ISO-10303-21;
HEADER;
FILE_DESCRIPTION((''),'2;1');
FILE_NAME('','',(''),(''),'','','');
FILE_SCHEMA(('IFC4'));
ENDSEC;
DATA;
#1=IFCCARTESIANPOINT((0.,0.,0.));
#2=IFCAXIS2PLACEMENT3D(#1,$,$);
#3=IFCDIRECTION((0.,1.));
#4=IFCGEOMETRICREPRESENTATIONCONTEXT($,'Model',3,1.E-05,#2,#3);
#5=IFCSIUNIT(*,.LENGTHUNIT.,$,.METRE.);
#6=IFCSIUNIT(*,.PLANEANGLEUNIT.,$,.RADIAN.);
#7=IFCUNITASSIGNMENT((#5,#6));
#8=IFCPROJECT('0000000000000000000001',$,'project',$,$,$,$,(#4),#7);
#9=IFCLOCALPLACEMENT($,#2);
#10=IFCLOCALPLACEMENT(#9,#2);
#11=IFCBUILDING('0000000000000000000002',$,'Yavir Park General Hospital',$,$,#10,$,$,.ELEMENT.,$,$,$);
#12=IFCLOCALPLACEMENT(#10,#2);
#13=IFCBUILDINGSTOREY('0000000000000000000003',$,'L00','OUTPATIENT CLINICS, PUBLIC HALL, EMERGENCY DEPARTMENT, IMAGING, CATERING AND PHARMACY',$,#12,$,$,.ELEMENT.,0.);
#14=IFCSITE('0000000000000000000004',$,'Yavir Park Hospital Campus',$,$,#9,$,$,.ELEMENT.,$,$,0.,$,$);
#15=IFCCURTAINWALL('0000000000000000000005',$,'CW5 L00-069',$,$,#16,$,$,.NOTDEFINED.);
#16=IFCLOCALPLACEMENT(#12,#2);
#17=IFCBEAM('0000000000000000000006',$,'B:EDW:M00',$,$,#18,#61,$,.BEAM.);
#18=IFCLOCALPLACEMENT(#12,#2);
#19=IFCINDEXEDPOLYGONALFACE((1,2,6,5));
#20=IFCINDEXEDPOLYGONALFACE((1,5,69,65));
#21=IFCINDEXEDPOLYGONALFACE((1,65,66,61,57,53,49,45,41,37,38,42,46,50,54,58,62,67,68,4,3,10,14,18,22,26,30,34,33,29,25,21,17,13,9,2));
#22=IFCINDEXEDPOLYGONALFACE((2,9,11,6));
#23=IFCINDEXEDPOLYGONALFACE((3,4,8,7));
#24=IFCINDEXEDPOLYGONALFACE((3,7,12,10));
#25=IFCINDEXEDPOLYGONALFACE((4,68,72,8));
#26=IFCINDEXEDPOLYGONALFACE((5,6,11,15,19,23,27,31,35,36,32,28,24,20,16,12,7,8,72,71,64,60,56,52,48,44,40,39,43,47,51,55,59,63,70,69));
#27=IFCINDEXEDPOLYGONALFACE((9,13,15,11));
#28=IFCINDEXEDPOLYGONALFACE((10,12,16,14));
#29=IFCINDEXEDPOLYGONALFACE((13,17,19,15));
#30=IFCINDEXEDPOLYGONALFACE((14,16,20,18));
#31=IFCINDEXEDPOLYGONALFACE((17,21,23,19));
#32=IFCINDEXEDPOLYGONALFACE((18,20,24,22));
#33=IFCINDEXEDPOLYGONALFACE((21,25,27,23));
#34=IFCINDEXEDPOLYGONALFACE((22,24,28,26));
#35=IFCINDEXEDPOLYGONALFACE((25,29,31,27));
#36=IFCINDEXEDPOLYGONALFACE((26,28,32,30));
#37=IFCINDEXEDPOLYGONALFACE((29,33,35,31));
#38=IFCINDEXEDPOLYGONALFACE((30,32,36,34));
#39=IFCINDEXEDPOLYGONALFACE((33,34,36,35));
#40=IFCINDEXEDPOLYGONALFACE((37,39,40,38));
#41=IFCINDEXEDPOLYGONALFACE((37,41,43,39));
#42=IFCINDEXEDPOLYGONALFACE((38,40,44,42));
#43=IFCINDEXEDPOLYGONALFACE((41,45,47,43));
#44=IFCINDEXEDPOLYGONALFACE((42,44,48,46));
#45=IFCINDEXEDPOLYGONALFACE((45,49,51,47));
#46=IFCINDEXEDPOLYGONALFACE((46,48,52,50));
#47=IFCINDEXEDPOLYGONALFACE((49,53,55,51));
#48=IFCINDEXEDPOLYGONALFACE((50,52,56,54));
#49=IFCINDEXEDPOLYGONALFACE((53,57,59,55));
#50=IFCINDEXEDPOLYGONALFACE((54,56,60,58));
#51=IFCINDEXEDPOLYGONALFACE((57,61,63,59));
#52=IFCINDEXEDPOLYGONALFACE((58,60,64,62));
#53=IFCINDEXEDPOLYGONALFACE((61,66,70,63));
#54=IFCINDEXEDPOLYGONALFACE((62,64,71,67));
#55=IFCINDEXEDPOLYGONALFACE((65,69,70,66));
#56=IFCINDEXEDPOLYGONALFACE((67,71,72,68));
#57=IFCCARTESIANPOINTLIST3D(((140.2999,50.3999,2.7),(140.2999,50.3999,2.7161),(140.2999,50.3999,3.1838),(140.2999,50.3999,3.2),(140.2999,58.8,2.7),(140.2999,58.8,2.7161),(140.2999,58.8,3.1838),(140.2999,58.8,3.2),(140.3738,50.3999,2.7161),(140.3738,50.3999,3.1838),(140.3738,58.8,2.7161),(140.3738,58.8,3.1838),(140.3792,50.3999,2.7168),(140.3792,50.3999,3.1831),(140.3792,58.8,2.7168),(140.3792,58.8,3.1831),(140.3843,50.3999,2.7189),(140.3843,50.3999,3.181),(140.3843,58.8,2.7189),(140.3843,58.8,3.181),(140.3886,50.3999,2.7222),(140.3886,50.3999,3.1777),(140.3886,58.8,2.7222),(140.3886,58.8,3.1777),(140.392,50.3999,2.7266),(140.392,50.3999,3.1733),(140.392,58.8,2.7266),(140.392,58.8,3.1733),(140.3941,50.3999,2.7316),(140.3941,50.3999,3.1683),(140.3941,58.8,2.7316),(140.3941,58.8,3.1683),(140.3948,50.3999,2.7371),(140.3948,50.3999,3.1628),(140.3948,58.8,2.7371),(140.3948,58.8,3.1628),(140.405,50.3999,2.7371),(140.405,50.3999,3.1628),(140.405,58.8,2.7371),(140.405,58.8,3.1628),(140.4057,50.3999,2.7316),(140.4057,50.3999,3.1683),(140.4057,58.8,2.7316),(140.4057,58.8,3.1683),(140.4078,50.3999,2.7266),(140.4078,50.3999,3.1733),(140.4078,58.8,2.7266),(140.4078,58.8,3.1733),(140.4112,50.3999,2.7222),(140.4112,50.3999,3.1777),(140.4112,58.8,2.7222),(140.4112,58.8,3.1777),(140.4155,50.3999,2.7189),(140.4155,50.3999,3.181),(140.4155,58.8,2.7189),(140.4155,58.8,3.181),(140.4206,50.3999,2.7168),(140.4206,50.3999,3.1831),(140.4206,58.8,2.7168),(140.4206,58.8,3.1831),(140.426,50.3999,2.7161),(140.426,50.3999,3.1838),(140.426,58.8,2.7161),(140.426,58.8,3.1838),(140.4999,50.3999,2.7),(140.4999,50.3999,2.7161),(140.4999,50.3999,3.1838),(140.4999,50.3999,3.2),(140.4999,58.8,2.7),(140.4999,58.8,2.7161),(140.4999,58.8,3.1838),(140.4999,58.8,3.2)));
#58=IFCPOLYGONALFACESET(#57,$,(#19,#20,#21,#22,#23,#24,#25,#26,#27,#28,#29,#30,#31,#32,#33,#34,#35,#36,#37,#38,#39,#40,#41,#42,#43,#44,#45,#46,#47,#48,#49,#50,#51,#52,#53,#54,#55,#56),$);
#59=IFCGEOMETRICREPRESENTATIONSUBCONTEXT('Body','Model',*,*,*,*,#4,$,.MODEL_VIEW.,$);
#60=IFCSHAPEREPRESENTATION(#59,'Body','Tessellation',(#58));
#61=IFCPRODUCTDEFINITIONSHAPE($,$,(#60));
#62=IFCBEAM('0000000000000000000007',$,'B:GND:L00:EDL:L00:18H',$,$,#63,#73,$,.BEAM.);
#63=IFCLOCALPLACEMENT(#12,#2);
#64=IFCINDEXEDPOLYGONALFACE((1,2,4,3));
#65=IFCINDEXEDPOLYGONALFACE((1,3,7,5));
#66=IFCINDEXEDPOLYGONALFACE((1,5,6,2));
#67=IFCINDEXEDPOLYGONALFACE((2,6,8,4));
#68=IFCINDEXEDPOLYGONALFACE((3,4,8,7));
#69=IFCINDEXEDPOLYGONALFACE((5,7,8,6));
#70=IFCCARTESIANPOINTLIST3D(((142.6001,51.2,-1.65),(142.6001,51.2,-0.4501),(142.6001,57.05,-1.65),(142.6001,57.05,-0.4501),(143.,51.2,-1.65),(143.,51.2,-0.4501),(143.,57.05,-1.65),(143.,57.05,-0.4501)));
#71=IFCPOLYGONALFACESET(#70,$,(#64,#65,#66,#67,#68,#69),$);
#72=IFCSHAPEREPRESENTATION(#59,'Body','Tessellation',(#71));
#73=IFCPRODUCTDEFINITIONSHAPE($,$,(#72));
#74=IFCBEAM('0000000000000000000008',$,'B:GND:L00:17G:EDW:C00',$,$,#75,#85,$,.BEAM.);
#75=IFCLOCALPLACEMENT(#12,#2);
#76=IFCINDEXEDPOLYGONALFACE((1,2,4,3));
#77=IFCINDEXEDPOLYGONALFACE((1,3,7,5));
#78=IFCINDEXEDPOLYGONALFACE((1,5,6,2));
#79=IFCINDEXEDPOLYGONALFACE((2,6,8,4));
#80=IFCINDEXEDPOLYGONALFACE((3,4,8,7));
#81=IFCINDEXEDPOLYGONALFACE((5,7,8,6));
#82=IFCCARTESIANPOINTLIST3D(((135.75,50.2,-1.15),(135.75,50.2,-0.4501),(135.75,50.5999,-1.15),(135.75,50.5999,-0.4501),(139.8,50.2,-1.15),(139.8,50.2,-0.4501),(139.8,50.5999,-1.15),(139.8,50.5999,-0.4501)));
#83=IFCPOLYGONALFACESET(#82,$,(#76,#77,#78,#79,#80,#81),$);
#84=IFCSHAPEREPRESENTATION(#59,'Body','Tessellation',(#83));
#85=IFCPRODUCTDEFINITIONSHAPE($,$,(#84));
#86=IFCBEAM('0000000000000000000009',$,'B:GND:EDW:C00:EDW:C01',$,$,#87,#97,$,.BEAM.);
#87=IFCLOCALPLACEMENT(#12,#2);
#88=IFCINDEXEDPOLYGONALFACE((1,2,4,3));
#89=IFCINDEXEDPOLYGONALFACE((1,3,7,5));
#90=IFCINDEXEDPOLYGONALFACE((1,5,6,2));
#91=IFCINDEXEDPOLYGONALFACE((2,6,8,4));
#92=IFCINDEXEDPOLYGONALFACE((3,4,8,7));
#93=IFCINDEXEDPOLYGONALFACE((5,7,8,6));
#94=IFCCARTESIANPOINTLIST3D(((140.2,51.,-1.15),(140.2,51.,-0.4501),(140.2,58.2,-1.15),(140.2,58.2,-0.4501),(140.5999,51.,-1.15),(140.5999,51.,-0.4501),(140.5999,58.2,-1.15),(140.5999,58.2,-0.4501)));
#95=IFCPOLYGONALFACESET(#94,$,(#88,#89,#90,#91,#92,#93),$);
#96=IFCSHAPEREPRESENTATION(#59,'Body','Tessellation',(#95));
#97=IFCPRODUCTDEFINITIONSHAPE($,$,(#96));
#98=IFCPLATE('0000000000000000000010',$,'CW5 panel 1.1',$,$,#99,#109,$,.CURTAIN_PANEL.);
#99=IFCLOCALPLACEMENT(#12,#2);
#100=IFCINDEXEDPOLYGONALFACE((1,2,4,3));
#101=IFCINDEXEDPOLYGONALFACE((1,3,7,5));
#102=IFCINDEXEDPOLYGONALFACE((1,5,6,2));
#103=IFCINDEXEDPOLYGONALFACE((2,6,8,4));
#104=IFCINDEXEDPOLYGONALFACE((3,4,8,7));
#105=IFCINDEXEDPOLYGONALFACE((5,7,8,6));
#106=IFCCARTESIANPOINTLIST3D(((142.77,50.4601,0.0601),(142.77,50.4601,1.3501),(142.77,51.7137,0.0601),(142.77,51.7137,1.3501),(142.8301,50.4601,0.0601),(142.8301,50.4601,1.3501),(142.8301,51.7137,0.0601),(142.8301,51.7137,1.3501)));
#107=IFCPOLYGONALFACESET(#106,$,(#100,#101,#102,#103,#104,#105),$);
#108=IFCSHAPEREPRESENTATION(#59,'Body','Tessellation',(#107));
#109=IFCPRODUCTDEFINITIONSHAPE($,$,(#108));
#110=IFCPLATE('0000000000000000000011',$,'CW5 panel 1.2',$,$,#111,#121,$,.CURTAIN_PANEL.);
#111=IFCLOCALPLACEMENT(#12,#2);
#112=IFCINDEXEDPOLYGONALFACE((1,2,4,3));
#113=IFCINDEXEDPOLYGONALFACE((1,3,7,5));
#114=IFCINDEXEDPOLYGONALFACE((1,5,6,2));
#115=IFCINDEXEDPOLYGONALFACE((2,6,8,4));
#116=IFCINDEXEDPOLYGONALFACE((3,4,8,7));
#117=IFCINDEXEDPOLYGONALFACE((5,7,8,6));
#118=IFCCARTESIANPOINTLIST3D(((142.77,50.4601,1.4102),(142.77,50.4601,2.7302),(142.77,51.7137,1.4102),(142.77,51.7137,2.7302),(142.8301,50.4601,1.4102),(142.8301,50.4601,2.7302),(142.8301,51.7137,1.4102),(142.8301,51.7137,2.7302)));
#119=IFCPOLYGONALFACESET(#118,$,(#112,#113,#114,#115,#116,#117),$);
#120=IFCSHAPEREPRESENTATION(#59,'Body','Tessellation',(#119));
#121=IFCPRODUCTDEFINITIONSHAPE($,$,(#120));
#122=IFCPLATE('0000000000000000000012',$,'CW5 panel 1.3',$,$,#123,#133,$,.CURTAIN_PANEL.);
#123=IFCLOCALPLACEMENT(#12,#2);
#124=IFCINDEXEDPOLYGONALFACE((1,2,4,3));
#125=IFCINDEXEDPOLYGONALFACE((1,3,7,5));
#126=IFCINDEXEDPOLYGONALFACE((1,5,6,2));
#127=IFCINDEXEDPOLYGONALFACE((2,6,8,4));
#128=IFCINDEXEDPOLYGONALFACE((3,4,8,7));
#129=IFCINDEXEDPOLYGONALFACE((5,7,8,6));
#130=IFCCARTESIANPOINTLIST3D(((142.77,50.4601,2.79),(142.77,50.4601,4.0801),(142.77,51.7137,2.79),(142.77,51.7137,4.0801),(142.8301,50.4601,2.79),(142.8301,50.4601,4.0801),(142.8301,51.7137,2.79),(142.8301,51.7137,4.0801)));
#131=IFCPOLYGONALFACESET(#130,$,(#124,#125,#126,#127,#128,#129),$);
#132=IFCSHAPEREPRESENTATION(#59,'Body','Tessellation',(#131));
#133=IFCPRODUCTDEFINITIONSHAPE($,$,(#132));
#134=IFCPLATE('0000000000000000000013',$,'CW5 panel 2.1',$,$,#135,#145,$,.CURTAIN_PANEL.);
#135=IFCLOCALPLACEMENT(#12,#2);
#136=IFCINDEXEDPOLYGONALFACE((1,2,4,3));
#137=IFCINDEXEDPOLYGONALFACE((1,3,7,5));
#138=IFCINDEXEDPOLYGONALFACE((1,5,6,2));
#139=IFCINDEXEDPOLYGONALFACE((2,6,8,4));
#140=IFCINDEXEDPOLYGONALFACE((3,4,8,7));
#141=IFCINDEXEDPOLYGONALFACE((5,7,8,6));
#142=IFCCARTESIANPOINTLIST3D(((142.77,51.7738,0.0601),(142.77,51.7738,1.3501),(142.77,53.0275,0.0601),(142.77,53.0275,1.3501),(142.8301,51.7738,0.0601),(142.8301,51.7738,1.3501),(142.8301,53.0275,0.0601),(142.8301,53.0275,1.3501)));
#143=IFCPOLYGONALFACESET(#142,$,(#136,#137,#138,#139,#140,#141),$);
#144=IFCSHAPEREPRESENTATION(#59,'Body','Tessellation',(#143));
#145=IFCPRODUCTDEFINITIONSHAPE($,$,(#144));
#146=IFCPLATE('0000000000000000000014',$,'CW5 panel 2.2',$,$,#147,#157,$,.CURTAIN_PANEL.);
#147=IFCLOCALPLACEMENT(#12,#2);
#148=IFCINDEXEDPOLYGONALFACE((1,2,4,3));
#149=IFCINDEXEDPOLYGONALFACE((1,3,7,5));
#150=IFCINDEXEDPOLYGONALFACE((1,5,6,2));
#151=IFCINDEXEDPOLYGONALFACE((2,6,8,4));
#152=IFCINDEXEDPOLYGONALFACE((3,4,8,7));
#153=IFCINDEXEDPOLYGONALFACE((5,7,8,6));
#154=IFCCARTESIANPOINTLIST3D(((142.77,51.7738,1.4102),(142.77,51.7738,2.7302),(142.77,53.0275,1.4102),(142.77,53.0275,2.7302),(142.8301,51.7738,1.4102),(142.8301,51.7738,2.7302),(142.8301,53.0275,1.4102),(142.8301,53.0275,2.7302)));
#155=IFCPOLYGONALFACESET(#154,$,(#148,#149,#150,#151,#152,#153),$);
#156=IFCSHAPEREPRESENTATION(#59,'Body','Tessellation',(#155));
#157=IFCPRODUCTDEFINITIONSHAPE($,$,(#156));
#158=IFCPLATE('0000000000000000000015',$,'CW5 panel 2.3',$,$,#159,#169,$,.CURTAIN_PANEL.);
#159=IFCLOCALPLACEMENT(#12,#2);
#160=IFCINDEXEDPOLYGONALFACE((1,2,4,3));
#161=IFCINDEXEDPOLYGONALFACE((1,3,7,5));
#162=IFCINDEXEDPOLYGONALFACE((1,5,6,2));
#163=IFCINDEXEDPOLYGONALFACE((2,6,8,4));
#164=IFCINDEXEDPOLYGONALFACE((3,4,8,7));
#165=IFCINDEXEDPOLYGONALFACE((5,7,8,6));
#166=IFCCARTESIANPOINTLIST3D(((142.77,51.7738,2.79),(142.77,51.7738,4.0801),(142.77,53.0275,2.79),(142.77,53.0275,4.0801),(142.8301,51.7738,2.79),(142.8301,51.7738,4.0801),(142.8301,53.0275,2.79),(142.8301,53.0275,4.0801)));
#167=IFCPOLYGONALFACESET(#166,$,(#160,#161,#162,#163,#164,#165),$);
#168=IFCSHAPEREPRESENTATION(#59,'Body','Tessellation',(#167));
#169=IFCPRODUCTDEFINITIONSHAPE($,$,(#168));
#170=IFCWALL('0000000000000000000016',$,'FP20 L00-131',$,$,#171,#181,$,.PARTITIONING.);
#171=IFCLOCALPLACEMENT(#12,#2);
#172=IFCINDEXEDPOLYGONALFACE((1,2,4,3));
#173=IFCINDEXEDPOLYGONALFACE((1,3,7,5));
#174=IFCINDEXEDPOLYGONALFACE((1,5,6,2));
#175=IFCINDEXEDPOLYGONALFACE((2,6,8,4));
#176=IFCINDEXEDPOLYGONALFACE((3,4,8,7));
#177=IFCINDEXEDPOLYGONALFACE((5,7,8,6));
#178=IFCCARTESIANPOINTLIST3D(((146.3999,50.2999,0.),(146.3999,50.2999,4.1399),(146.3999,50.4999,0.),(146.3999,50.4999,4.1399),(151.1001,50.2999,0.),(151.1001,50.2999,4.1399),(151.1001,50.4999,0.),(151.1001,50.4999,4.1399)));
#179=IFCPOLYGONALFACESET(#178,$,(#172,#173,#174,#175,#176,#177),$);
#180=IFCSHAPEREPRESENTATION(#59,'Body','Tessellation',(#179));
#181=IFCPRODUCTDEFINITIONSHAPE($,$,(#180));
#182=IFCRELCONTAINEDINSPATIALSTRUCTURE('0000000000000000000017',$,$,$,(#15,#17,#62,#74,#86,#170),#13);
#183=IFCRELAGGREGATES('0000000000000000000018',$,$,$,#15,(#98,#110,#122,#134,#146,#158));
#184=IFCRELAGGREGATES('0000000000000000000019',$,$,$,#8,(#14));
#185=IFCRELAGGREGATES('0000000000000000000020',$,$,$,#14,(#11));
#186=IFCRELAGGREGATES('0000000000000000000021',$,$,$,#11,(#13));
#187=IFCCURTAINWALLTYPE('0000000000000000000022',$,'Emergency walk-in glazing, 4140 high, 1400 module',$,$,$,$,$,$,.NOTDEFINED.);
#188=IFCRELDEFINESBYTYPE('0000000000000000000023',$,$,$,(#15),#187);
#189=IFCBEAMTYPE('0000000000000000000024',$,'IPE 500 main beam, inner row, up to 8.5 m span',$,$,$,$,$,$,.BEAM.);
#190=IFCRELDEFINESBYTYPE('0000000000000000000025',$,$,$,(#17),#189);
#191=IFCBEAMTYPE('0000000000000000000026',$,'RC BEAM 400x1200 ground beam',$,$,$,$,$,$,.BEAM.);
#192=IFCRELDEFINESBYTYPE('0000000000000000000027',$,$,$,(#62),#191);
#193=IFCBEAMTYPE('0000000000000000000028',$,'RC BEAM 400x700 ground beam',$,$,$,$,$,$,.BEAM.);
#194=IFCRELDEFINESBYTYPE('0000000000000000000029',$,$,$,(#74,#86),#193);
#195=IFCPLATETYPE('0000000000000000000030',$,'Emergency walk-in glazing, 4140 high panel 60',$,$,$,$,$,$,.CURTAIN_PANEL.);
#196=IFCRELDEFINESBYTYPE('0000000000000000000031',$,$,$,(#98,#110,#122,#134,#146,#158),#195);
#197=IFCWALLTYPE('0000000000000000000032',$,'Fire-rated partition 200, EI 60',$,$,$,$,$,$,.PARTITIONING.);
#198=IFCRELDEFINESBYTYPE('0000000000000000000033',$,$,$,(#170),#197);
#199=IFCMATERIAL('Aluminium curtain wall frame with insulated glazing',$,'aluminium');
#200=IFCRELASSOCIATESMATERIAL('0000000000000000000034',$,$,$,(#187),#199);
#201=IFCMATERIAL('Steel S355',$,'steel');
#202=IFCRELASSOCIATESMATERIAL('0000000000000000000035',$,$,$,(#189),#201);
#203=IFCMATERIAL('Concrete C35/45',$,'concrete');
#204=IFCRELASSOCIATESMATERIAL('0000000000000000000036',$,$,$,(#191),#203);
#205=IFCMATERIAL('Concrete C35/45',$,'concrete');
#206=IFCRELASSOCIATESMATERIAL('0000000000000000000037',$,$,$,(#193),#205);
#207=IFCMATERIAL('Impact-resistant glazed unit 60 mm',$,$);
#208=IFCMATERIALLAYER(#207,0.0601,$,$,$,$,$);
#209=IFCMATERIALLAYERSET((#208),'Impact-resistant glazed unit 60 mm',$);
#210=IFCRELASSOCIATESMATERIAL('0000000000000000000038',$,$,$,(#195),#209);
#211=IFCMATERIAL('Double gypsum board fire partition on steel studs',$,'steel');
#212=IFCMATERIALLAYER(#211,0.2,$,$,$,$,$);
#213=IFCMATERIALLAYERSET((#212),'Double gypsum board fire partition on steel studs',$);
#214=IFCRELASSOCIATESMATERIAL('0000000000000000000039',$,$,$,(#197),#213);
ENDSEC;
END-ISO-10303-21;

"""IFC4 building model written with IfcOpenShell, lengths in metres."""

from ifc_helpers import new_model, si_unit, direction, frame, frame_2d, origin, origin_2d, place, context, subcontext, project, spatial, rectangle, i_section, extrude, material, layer, layer_set, material_profile, profile_set, type_object, element, aggregate, save


model = new_model("IFC4")

# Units and contexts
model_context = context("Model", 3, precision=1e-05, world=origin(), true_north=direction((0.0, 1.0)))
body_context = subcontext(model_context, "Body", "Model", "MODEL_VIEW")
ifc_project = project(units=[si_unit("LENGTHUNIT", "METRE"), si_unit("PLANEANGLEUNIT", "RADIAN")], contexts=[model_context])

# Site, building, storey
site_placement = place(None, origin())
site = spatial("IfcSite", under=ifc_project, at=site_placement, Name="Yavir Park Hospital Campus", CompositionType="ELEMENT", RefElevation=0.0)
building_placement = place(site_placement, origin())
building = spatial("IfcBuilding", under=site, at=building_placement, Name="Yavir Park General Hospital", CompositionType="ELEMENT")
storey_placement = place(building_placement, origin())
storey = spatial("IfcBuildingStorey", under=building, at=storey_placement, Name="L00", Description="OUTPATIENT CLINICS, PUBLIC HALL, EMERGENCY DEPARTMENT, IMAGING, CATERING AND PHARMACY", CompositionType="ELEMENT", Elevation=0.0)

# Curtain wall
ifc_material_1 = material(Name="Aluminium curtain wall frame with insulated glazing", Category="aluminium")
curtain_wall_type = type_object("IfcCurtainWallType", Name="Emergency walk-in glazing, 4140 high, 1400 module", PredefinedType="NOTDEFINED", material=ifc_material_1)
curtain_wall_placement = place(storey_placement, origin())
curtain_wall = element("IfcCurtainWall", 1, at=curtain_wall_placement, inside=storey, type_object=curtain_wall_type, Name="CW5 L00-069", PredefinedType="NOTDEFINED")

# Beams
ifc_material_2 = material(Name="Steel S355", Category="steel")
ifc_material_profile_1 = material_profile(ifc_material_2, i_section(OverallWidth=0.2, OverallDepth=0.5, WebThickness=0.0103, FlangeThickness=0.0161, FilletRadius=0.021, at=origin_2d()), Name="IPE500")
ifc_profile_set_1 = profile_set([ifc_material_profile_1], Name="Steel S355")
beam_type_1 = type_object("IfcBeamType", Name="IPE 500 main beam, inner row, up to 8.5 m span", PredefinedType="BEAM", material=ifc_profile_set_1)
beam_1_placement = place(storey_placement, frame((140.3999, 50.3999, 2.95), z_axis=(0.0, 1.0, 0.0), x_axis=(-1.0, 0.0, 0.0)))
element("IfcBeam", 2, at=beam_1_placement, inside=storey, type_object=beam_type_1, Name="B:EDW:M00", PredefinedType="BEAM", context=body_context, shape_type="SweptSolid", body=[
    extrude(i_section(OverallWidth=0.2, OverallDepth=0.5, WebThickness=0.0103, FlangeThickness=0.0161, FilletRadius=0.021, at=origin_2d()), origin(), (0.0, 0.0, 1.0), 8.4001),
])
ifc_material_3 = material(Name="Concrete C35/45", Category="concrete")
ifc_material_profile_2 = material_profile(ifc_material_3, rectangle(XDim=0.3999, YDim=1.2, at=origin_2d()), Name="RC400x1200")
ifc_profile_set_2 = profile_set([ifc_material_profile_2], Name="Concrete C35/45")
beam_type_2 = type_object("IfcBeamType", Name="RC BEAM 400x1200 ground beam", PredefinedType="BEAM", material=ifc_profile_set_2)
beam_2_placement = place(storey_placement, frame((142.8, 51.2, -1.05), z_axis=(0.0, 1.0, 0.0), x_axis=(-1.0, 0.0, 0.0)))
element("IfcBeam", 3, at=beam_2_placement, inside=storey, type_object=beam_type_2, Name="B:GND:L00:EDL:L00:18H", PredefinedType="BEAM", context=body_context, shape_type="SweptSolid", body=[
    extrude(rectangle(XDim=0.3999, YDim=1.2, at=origin_2d()), origin(), (0.0, 0.0, 1.0), 5.8501),
])
ifc_material_4 = material(Name="Concrete C35/45", Category="concrete")
ifc_material_profile_3 = material_profile(ifc_material_4, rectangle(XDim=0.3999, YDim=0.7, at=origin_2d()), Name="RC400x700")
ifc_profile_set_3 = profile_set([ifc_material_profile_3], Name="Concrete C35/45")
beam_type_3 = type_object("IfcBeamType", Name="RC BEAM 400x700 ground beam", PredefinedType="BEAM", material=ifc_profile_set_3)
beam_3_placement = place(storey_placement, frame((135.75, 50.3999, -0.8), z_axis=(1.0, 0.0, 0.0), x_axis=(0.0, 1.0, 0.0)))
element("IfcBeam", 4, at=beam_3_placement, inside=storey, type_object=beam_type_3, Name="B:GND:L00:17G:EDW:C00", PredefinedType="BEAM", context=body_context, shape_type="SweptSolid", body=[
    extrude(rectangle(XDim=0.3999, YDim=0.7, at=origin_2d()), origin(), (0.0, 0.0, 1.0), 4.05),
])
beam_4_placement = place(storey_placement, frame((140.3999, 51.0, -0.8), z_axis=(0.0, 1.0, 0.0), x_axis=(-1.0, 0.0, 0.0)))
element("IfcBeam", 5, at=beam_4_placement, inside=storey, type_object=beam_type_3, Name="B:GND:EDW:C00:EDW:C01", PredefinedType="BEAM", context=body_context, shape_type="SweptSolid", body=[
    extrude(rectangle(XDim=0.3999, YDim=0.7, at=origin_2d()), origin(), (0.0, 0.0, 1.0), 7.2),
])

# Plates
ifc_material_5 = material(Name="Impact-resistant glazed unit 60 mm")
ifc_layer_1 = layer(ifc_material_5, 0.0601)
ifc_layer_set_1 = layer_set([ifc_layer_1], Name="Impact-resistant glazed unit 60 mm")
plate_type = type_object("IfcPlateType", Name="Emergency walk-in glazing, 4140 high panel 60", PredefinedType="CURTAIN_PANEL", material=ifc_layer_set_1)
plate_1_placement = place(storey_placement, frame((142.8, 51.0869, 0.0601), z_axis=(0.0, 0.0, 1.0), x_axis=(0.0, 1.0, 0.0)))
plate_1 = element("IfcPlate", 6, at=plate_1_placement, type_object=plate_type, Name="CW5 panel 1.1", PredefinedType="CURTAIN_PANEL", context=body_context, shape_type="SweptSolid", body=[
    extrude(rectangle(XDim=1.2537, YDim=0.0601, at=origin_2d()), origin(), (0.0, 0.0, 1.0), 1.29),
])
plate_2_placement = place(storey_placement, frame((142.8, 51.0869, 1.4102), z_axis=(0.0, 0.0, 1.0), x_axis=(0.0, 1.0, 0.0)))
plate_2 = element("IfcPlate", 7, at=plate_2_placement, type_object=plate_type, Name="CW5 panel 1.2", PredefinedType="CURTAIN_PANEL", context=body_context, shape_type="SweptSolid", body=[
    extrude(rectangle(XDim=1.2537, YDim=0.0601, at=origin_2d()), origin(), (0.0, 0.0, 1.0), 1.3201),
])
plate_3_placement = place(storey_placement, frame((142.8, 51.0869, 2.79), z_axis=(0.0, 0.0, 1.0), x_axis=(0.0, 1.0, 0.0)))
plate_3 = element("IfcPlate", 8, at=plate_3_placement, type_object=plate_type, Name="CW5 panel 1.3", PredefinedType="CURTAIN_PANEL", context=body_context, shape_type="SweptSolid", body=[
    extrude(rectangle(XDim=1.2537, YDim=0.0601, at=origin_2d()), origin(), (0.0, 0.0, 1.0), 1.29),
])
plate_4_placement = place(storey_placement, frame((142.8, 52.4006, 0.0601), z_axis=(0.0, 0.0, 1.0), x_axis=(0.0, 1.0, 0.0)))
plate_4 = element("IfcPlate", 9, at=plate_4_placement, type_object=plate_type, Name="CW5 panel 2.1", PredefinedType="CURTAIN_PANEL", context=body_context, shape_type="SweptSolid", body=[
    extrude(rectangle(XDim=1.2537, YDim=0.0601, at=origin_2d()), origin(), (0.0, 0.0, 1.0), 1.29),
])
plate_5_placement = place(storey_placement, frame((142.8, 52.4006, 1.4102), z_axis=(0.0, 0.0, 1.0), x_axis=(0.0, 1.0, 0.0)))
plate_5 = element("IfcPlate", 10, at=plate_5_placement, type_object=plate_type, Name="CW5 panel 2.2", PredefinedType="CURTAIN_PANEL", context=body_context, shape_type="SweptSolid", body=[
    extrude(rectangle(XDim=1.2537, YDim=0.0601, at=origin_2d()), origin(), (0.0, 0.0, 1.0), 1.3201),
])
plate_6_placement = place(storey_placement, frame((142.8, 52.4006, 2.79), z_axis=(0.0, 0.0, 1.0), x_axis=(0.0, 1.0, 0.0)))
plate_6 = element("IfcPlate", 11, at=plate_6_placement, type_object=plate_type, Name="CW5 panel 2.3", PredefinedType="CURTAIN_PANEL", context=body_context, shape_type="SweptSolid", body=[
    extrude(rectangle(XDim=1.2537, YDim=0.0601, at=origin_2d()), origin(), (0.0, 0.0, 1.0), 1.29),
])
aggregate(curtain_wall, [plate_1, plate_2, plate_3, plate_4, plate_5, plate_6])

# Wall
ifc_material_6 = material(Name="Double gypsum board fire partition on steel studs", Category="steel")
ifc_layer_2 = layer(ifc_material_6, 0.2)
ifc_layer_set_2 = layer_set([ifc_layer_2], Name="Double gypsum board fire partition on steel studs")
wall_type_1 = type_object("IfcWallType", Name="Fire-rated partition 200, EI 60", PredefinedType="PARTITIONING", material=ifc_layer_set_2)
wall_1_placement = place(storey_placement, frame((146.3999, 50.3999, 0.0), z_axis=(0.0, 0.0, 1.0), x_axis=(1.0, 0.0, 0.0)))
element("IfcWall", 12, at=wall_1_placement, inside=storey, type_object=wall_type_1, Name="FP20 L00-131", PredefinedType="PARTITIONING", context=body_context, shape_type="SweptSolid", body=[
    extrude(rectangle(XDim=4.7002, YDim=0.2, at=frame_2d((2.3501, 0.0))), origin(), (0.0, 0.0, 1.0), 4.1399),
])

save(model, "model.ifc")
